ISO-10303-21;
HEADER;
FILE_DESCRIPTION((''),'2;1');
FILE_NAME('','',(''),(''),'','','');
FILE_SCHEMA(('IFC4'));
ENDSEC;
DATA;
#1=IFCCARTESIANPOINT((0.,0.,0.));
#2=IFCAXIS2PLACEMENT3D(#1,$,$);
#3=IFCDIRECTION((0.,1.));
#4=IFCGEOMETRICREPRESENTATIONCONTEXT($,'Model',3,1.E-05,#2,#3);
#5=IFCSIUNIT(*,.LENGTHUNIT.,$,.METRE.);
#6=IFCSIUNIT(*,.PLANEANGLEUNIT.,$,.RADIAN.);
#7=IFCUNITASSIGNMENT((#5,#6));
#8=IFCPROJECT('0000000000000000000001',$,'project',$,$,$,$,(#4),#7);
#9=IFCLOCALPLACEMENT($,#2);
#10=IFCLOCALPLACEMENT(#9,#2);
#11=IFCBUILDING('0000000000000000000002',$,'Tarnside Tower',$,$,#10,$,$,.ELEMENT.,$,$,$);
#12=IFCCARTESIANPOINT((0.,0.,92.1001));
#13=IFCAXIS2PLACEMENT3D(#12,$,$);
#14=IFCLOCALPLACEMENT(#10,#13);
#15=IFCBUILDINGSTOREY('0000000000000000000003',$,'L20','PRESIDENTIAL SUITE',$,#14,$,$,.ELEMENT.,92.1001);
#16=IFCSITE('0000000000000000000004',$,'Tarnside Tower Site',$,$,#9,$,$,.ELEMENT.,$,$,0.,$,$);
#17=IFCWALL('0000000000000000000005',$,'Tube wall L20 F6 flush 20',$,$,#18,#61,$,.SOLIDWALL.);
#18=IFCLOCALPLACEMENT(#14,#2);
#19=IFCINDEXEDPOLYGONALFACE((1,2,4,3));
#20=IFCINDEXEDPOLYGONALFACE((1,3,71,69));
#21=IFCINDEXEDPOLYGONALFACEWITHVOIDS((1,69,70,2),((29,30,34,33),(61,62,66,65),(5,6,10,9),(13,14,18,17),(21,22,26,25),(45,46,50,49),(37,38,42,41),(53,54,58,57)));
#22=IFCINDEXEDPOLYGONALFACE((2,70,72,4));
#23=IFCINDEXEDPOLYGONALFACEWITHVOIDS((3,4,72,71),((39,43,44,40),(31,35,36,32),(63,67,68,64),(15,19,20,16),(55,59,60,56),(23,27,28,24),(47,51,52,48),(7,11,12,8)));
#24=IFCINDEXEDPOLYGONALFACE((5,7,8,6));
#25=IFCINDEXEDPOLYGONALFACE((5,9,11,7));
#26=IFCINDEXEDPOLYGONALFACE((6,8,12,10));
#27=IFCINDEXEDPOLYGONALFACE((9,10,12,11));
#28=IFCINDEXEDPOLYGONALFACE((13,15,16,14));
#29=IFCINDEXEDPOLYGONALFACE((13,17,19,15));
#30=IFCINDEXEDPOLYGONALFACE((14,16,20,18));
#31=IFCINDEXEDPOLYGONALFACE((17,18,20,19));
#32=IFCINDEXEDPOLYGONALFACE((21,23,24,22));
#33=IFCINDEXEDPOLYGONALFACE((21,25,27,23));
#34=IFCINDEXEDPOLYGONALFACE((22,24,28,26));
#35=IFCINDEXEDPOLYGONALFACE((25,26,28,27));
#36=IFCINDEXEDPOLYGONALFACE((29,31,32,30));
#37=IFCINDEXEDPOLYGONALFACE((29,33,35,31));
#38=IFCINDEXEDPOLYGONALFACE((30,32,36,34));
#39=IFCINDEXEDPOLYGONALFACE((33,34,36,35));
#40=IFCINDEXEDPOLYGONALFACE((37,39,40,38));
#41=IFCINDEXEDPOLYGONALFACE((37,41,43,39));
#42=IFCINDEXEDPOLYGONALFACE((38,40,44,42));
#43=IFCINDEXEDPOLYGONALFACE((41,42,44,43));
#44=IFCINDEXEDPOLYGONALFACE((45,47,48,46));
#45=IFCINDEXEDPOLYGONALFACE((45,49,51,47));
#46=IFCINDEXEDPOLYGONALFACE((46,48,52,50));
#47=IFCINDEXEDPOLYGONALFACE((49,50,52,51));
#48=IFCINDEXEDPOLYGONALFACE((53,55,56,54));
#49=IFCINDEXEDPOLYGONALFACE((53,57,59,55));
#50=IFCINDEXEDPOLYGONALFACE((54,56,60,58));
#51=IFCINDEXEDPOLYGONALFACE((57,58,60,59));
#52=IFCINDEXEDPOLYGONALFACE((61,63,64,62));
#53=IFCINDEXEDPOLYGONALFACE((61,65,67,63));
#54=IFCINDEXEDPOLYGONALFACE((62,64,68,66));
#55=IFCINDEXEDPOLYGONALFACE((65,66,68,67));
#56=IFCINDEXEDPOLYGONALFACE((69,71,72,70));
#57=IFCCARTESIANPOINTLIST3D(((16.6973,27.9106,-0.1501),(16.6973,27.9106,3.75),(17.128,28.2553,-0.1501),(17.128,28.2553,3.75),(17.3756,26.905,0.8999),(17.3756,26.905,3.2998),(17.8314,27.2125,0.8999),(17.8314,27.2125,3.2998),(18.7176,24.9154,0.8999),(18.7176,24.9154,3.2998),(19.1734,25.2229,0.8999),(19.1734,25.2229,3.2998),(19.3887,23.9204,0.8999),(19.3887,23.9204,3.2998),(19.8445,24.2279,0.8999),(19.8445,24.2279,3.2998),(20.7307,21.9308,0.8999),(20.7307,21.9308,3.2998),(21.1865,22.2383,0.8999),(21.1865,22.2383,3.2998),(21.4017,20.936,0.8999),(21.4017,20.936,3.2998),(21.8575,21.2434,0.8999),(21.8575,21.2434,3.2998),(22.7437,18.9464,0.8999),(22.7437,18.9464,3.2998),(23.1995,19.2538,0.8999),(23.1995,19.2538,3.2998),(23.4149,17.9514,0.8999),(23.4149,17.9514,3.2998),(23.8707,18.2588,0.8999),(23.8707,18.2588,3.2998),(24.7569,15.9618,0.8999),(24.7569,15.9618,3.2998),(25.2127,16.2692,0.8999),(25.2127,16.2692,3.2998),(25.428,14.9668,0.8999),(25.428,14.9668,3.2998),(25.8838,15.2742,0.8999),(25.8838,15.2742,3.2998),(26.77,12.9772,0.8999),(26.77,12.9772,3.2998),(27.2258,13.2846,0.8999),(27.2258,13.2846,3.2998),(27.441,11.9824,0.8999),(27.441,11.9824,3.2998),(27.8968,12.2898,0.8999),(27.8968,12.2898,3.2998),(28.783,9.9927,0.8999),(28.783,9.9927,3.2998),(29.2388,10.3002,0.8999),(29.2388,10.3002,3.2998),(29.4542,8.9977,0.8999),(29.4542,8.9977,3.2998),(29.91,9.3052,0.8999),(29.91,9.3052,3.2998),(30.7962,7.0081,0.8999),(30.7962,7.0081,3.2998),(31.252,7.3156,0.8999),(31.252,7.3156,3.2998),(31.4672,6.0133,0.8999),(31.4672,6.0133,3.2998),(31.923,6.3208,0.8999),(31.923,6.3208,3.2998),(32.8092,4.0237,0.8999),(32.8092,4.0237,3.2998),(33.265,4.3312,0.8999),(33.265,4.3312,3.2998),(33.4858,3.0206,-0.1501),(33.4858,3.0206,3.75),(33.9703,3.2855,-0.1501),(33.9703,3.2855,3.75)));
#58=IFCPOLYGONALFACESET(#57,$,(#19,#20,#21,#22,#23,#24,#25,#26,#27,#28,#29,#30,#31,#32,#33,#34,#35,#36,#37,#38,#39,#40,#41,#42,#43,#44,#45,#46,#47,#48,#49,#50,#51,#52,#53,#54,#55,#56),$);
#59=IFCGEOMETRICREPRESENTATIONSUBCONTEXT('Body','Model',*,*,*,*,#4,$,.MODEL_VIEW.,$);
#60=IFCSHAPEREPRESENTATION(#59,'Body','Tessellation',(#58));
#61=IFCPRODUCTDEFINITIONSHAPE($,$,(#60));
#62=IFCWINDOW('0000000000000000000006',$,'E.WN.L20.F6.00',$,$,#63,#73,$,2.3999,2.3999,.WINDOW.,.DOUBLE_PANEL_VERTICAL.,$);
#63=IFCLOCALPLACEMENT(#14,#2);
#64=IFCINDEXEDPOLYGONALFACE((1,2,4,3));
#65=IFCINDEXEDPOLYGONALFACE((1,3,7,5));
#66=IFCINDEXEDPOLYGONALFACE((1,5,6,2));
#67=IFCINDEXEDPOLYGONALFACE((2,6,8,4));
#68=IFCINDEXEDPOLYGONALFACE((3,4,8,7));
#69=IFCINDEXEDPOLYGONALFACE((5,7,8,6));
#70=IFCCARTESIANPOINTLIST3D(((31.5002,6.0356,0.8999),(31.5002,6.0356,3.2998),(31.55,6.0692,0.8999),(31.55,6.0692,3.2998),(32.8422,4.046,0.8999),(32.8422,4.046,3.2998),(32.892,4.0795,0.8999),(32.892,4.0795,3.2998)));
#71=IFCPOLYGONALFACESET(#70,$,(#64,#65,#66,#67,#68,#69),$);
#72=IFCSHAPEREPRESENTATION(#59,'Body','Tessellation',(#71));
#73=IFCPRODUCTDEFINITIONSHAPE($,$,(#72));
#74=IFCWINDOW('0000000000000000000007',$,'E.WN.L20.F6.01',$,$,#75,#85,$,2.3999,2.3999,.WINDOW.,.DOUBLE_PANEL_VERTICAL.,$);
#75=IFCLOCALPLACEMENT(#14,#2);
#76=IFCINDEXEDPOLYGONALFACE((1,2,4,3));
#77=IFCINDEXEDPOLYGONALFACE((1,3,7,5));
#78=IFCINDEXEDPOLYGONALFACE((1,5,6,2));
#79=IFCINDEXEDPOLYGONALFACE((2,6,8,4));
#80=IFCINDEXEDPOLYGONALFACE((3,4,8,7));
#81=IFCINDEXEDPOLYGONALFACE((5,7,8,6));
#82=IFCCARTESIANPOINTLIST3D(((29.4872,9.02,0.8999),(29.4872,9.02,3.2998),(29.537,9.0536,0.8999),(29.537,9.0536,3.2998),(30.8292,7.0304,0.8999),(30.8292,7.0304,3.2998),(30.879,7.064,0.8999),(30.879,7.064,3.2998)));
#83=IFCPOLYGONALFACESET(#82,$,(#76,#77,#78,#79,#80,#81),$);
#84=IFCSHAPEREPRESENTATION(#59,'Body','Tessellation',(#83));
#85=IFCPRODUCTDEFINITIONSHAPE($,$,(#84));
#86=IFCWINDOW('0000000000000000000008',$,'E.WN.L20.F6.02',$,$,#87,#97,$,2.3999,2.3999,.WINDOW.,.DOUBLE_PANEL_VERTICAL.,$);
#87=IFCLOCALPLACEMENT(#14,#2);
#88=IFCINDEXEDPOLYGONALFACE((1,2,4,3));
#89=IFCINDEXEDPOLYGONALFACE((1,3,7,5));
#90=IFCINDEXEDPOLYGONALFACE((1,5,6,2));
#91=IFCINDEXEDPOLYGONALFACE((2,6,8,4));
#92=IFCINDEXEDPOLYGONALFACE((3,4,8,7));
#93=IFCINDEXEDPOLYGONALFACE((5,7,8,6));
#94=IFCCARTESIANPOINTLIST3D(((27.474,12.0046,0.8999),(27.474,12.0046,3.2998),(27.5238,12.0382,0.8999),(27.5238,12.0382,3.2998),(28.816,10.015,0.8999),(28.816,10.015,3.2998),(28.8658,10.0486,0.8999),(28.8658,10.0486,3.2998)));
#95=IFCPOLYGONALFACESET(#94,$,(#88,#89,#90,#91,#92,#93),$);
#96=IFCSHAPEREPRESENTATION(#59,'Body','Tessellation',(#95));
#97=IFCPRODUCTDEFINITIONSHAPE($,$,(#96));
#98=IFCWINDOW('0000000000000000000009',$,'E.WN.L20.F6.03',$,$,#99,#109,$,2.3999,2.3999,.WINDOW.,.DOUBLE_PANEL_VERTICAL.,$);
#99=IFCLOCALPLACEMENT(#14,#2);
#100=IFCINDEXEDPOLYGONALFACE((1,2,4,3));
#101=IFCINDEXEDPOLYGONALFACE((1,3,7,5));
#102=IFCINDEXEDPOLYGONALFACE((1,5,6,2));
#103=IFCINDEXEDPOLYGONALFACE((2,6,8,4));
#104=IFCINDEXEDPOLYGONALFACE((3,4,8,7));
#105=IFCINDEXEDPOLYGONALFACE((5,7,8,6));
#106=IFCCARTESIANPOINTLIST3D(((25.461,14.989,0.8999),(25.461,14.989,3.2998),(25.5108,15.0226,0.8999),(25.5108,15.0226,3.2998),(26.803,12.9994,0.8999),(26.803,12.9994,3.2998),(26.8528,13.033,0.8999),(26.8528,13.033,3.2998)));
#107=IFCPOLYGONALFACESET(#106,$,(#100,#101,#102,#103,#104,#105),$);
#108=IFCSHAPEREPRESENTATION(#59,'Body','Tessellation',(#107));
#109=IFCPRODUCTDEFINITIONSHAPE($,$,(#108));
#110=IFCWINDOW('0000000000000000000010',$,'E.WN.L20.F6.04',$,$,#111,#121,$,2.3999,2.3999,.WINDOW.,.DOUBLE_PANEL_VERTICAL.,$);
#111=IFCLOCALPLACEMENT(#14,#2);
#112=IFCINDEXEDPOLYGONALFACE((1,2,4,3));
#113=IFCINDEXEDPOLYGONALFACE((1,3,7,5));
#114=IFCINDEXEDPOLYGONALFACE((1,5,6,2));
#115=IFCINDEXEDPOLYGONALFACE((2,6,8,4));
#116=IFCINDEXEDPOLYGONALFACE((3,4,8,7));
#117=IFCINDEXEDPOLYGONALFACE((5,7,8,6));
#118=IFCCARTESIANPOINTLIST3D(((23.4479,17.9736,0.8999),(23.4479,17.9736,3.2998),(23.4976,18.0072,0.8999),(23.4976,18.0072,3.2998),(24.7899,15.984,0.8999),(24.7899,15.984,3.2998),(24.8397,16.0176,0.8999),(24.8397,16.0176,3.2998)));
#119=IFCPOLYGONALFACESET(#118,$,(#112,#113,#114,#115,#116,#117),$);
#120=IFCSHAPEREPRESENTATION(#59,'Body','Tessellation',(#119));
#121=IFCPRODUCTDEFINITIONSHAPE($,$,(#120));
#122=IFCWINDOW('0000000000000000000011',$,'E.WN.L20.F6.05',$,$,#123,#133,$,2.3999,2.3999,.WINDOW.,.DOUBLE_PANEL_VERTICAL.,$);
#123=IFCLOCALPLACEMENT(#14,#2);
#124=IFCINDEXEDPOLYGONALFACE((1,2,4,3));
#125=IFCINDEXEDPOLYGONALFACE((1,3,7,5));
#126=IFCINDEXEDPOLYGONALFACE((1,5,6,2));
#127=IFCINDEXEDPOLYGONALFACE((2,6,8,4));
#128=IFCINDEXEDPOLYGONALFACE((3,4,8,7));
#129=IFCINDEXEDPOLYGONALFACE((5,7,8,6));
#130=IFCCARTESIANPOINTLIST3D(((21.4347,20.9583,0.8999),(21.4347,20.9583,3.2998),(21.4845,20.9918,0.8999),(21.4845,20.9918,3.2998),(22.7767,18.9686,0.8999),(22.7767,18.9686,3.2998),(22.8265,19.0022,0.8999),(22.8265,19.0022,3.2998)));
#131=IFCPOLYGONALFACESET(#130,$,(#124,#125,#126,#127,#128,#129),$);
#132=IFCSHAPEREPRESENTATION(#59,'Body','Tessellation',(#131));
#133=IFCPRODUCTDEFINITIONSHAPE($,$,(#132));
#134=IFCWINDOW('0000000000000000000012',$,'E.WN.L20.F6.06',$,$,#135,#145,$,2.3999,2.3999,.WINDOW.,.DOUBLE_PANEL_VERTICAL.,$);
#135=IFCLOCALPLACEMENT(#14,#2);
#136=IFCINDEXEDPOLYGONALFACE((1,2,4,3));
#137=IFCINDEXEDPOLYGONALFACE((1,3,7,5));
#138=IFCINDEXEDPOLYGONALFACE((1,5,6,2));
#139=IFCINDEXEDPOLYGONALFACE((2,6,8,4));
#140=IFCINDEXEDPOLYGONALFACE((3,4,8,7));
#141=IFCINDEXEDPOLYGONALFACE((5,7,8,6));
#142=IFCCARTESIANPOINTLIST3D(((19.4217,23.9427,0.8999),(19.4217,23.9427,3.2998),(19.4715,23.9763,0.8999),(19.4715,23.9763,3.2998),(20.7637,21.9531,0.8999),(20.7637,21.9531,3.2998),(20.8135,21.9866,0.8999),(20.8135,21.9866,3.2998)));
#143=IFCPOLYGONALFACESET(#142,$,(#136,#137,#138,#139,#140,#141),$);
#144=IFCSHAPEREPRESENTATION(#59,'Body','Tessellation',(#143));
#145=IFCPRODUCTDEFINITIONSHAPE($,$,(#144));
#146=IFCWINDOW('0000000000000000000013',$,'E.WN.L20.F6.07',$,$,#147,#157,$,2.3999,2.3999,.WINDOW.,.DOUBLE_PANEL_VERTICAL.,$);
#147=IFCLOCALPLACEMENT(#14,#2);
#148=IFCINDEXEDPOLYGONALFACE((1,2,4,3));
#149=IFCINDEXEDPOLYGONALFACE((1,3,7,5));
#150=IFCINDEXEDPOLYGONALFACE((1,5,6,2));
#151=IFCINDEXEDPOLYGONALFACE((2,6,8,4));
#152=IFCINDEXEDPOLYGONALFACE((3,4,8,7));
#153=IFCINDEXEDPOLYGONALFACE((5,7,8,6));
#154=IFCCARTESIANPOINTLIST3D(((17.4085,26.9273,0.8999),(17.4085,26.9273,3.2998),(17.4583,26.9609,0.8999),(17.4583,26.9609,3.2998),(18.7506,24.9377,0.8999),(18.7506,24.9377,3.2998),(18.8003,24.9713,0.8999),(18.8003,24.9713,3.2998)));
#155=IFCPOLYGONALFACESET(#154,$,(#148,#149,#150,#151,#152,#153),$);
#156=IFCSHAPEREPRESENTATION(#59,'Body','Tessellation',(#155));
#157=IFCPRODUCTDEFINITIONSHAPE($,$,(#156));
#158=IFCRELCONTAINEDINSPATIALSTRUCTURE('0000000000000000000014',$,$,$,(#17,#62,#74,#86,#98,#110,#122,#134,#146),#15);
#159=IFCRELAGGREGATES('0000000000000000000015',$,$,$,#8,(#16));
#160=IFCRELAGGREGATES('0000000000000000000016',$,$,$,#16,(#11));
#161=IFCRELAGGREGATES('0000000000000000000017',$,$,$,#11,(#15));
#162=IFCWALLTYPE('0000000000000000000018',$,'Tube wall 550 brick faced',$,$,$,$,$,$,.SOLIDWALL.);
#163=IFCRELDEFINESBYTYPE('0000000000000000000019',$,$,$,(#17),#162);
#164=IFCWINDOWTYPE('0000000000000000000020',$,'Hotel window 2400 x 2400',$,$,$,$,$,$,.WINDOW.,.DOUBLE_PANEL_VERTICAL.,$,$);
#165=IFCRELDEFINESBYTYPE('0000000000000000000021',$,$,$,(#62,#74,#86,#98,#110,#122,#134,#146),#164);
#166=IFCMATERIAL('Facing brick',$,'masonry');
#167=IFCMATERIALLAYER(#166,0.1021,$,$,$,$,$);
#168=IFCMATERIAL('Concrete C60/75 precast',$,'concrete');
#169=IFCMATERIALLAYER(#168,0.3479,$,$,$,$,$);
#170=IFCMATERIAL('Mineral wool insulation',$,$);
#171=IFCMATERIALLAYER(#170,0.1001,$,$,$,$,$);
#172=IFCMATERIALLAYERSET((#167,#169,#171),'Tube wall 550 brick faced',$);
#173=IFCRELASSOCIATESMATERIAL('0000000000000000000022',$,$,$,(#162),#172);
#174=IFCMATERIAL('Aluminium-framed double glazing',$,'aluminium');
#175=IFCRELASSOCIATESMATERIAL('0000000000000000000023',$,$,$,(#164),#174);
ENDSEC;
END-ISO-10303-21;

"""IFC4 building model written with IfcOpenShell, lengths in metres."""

from ifc_helpers import new_model, si_unit, direction, frame, frame_2d, origin, place, context, subcontext, project, spatial, polyline, rectangle, outline, extrude, material, layer, layer_set, type_object, element, fill, save


model = new_model("IFC4")

# Units and contexts
model_context = context("Model", 3, precision=1e-05, world=origin(), true_north=direction((0.0, 1.0)))
body_context = subcontext(model_context, "Body", "Model", "MODEL_VIEW")
ifc_project = project(units=[si_unit("LENGTHUNIT", "METRE"), si_unit("PLANEANGLEUNIT", "RADIAN")], contexts=[model_context])

# Site, building, storey
site_placement = place(None, origin())
site = spatial("IfcSite", under=ifc_project, at=site_placement, Name="Tarnside Tower Site", CompositionType="ELEMENT", RefElevation=0.0)
building_placement = place(site_placement, origin())
building = spatial("IfcBuilding", under=site, at=building_placement, Name="Tarnside Tower", CompositionType="ELEMENT")
storey_placement = place(building_placement, frame((0.0, 0.0, 92.1001)))
storey = spatial("IfcBuildingStorey", under=building, at=storey_placement, Name="L20", Description="PRESIDENTIAL SUITE", CompositionType="ELEMENT", Elevation=92.1001)

# Shared definitions
ifc_material_1 = material(Name="Facing brick", Category="masonry")
ifc_layer_1 = layer(ifc_material_1, 0.1021)
ifc_material_2 = material(Name="Concrete C60/75 precast", Category="concrete")
ifc_layer_2 = layer(ifc_material_2, 0.3479)
ifc_material_3 = material(Name="Mineral wool insulation")
ifc_layer_3 = layer(ifc_material_3, 0.1001)
ifc_layer_set_1 = layer_set([ifc_layer_1, ifc_layer_2, ifc_layer_3], Name="Tube wall 550 brick faced")
wall_type = type_object("IfcWallType", Name="Tube wall 550 brick faced", PredefinedType="SOLIDWALL", material=ifc_layer_set_1)

# Wall, openings, windows
wall_1_placement = place(storey_placement, frame((33.728, 3.1531, -0.1501), z_axis=(0.0, 0.0, 1.0), x_axis=(-0.559192, 0.829038, 0.0)))
wall_1 = element("IfcWall", 1, at=wall_1_placement, inside=storey, type_object=wall_type, Name="Tube wall L20 F6 flush 20", PredefinedType="SOLIDWALL", context=body_context, shape_type="SweptSolid", body=[
    extrude(outline(polyline([(-0.0256, -0.2749), (30.0933, -0.2749), (30.0483, 0.2749), (0.0256, 0.2749), (-0.0256, -0.2749)])), origin(), (0.0, 0.0, 1.0), 3.9001),
])
opening_1_placement = place(wall_1_placement, frame((1.2356, 0.0, 1.05)))
opening_1 = element("IfcOpeningElement", 2, at=opening_1_placement, cuts=wall_1, PredefinedType="OPENING", context=body_context, shape_type="SweptSolid", body=[
    extrude(rectangle(XDim=2.3999, YDim=2.3999, at=frame_2d((1.2, 1.2))), frame((0.0, 0.2852, 0.0), z_axis=(0.0, -1.0, 0.0), x_axis=(1.0, 0.0, 0.0)), (0.0, 0.0, 1.0), 0.5701),
])
opening_2_placement = place(wall_1_placement, frame((4.8354, 0.0, 1.05)))
opening_2 = element("IfcOpeningElement", 3, at=opening_2_placement, cuts=wall_1, PredefinedType="OPENING", context=body_context, shape_type="SweptSolid", body=[
    extrude(rectangle(XDim=2.3999, YDim=2.3999, at=frame_2d((1.2, 1.2))), frame((0.0, 0.2852, 0.0), z_axis=(0.0, -1.0, 0.0), x_axis=(1.0, 0.0, 0.0)), (0.0, 0.0, 1.0), 0.5701),
])
opening_3_placement = place(wall_1_placement, frame((8.4355, 0.0, 1.05)))
opening_3 = element("IfcOpeningElement", 4, at=opening_3_placement, cuts=wall_1, PredefinedType="OPENING", context=body_context, shape_type="SweptSolid", body=[
    extrude(rectangle(XDim=2.3999, YDim=2.3999, at=frame_2d((1.2, 1.2))), frame((0.0, 0.2852, 0.0), z_axis=(0.0, -1.0, 0.0), x_axis=(1.0, 0.0, 0.0)), (0.0, 0.0, 1.0), 0.5701),
])
opening_4_placement = place(wall_1_placement, frame((12.0354, 0.0, 1.05)))
opening_4 = element("IfcOpeningElement", 5, at=opening_4_placement, cuts=wall_1, PredefinedType="OPENING", context=body_context, shape_type="SweptSolid", body=[
    extrude(rectangle(XDim=2.3999, YDim=2.3999, at=frame_2d((1.2, 1.2))), frame((0.0, 0.2852, 0.0), z_axis=(0.0, -1.0, 0.0), x_axis=(1.0, 0.0, 0.0)), (0.0, 0.0, 1.0), 0.5701),
])
opening_5_placement = place(wall_1_placement, frame((15.6355, 0.0, 1.05)))
opening_5 = element("IfcOpeningElement", 6, at=opening_5_placement, cuts=wall_1, PredefinedType="OPENING", context=body_context, shape_type="SweptSolid", body=[
    extrude(rectangle(XDim=2.3999, YDim=2.3999, at=frame_2d((1.2, 1.2))), frame((0.0, 0.2852, 0.0), z_axis=(0.0, -1.0, 0.0), x_axis=(1.0, 0.0, 0.0)), (0.0, 0.0, 1.0), 0.5701),
])
opening_6_placement = place(wall_1_placement, frame((19.2356, 0.0, 1.05)))
opening_6 = element("IfcOpeningElement", 7, at=opening_6_placement, cuts=wall_1, PredefinedType="OPENING", context=body_context, shape_type="SweptSolid", body=[
    extrude(rectangle(XDim=2.3999, YDim=2.3999, at=frame_2d((1.2, 1.2))), frame((0.0, 0.2852, 0.0), z_axis=(0.0, -1.0, 0.0), x_axis=(1.0, 0.0, 0.0)), (0.0, 0.0, 1.0), 0.5701),
])
opening_7_placement = place(wall_1_placement, frame((22.8354, 0.0, 1.05)))
opening_7 = element("IfcOpeningElement", 8, at=opening_7_placement, cuts=wall_1, PredefinedType="OPENING", context=body_context, shape_type="SweptSolid", body=[
    extrude(rectangle(XDim=2.3999, YDim=2.3999, at=frame_2d((1.2, 1.2))), frame((0.0, 0.2852, 0.0), z_axis=(0.0, -1.0, 0.0), x_axis=(1.0, 0.0, 0.0)), (0.0, 0.0, 1.0), 0.5701),
])
opening_8_placement = place(wall_1_placement, frame((26.4355, 0.0, 1.05)))
opening_8 = element("IfcOpeningElement", 9, at=opening_8_placement, cuts=wall_1, PredefinedType="OPENING", context=body_context, shape_type="SweptSolid", body=[
    extrude(rectangle(XDim=2.3999, YDim=2.3999, at=frame_2d((1.2, 1.2))), frame((0.0, 0.2852, 0.0), z_axis=(0.0, -1.0, 0.0), x_axis=(1.0, 0.0, 0.0)), (0.0, 0.0, 1.0), 0.5701),
])
ifc_material_4 = material(Name="Aluminium-framed double glazing", Category="aluminium")
window_type = type_object("IfcWindowType", Name="Hotel window 2400 x 2400", PartitioningType="DOUBLE_PANEL_VERTICAL", PredefinedType="WINDOW", material=ifc_material_4)
window_1_placement = place(opening_1_placement, frame((0.0, 0.2051, 0.0)))
window_1 = element("IfcWindow", 10, at=window_1_placement, inside=storey, type_object=window_type, Name="E.WN.L20.F6.00", OverallHeight=2.3999, OverallWidth=2.3999, PartitioningType="DOUBLE_PANEL_VERTICAL", PredefinedType="WINDOW", context=body_context, shape_type="SweptSolid", body=[
    extrude(rectangle(XDim=2.3999, YDim=2.3999, at=frame_2d((1.2, 1.2))), frame((0.0, 0.03, 0.0), z_axis=(0.0, -1.0, 0.0), x_axis=(1.0, 0.0, 0.0)), (0.0, 0.0, 1.0), 0.0601),
])
fill(opening_1, window_1)
window_2_placement = place(opening_2_placement, frame((0.0, 0.2051, 0.0)))
window_2 = element("IfcWindow", 11, at=window_2_placement, inside=storey, type_object=window_type, Name="E.WN.L20.F6.01", OverallHeight=2.3999, OverallWidth=2.3999, PartitioningType="DOUBLE_PANEL_VERTICAL", PredefinedType="WINDOW", context=body_context, shape_type="SweptSolid", body=[
    extrude(rectangle(XDim=2.3999, YDim=2.3999, at=frame_2d((1.2, 1.2))), frame((0.0, 0.03, 0.0), z_axis=(0.0, -1.0, 0.0), x_axis=(1.0, 0.0, 0.0)), (0.0, 0.0, 1.0), 0.0601),
])
fill(opening_2, window_2)
window_3_placement = place(opening_3_placement, frame((0.0, 0.2051, 0.0)))
window_3 = element("IfcWindow", 12, at=window_3_placement, inside=storey, type_object=window_type, Name="E.WN.L20.F6.02", OverallHeight=2.3999, OverallWidth=2.3999, PartitioningType="DOUBLE_PANEL_VERTICAL", PredefinedType="WINDOW", context=body_context, shape_type="SweptSolid", body=[
    extrude(rectangle(XDim=2.3999, YDim=2.3999, at=frame_2d((1.2, 1.2))), frame((0.0, 0.03, 0.0), z_axis=(0.0, -1.0, 0.0), x_axis=(1.0, 0.0, 0.0)), (0.0, 0.0, 1.0), 0.0601),
])
fill(opening_3, window_3)
window_4_placement = place(opening_4_placement, frame((0.0, 0.2051, 0.0)))
window_4 = element("IfcWindow", 13, at=window_4_placement, inside=storey, type_object=window_type, Name="E.WN.L20.F6.03", OverallHeight=2.3999, OverallWidth=2.3999, PartitioningType="DOUBLE_PANEL_VERTICAL", PredefinedType="WINDOW", context=body_context, shape_type="SweptSolid", body=[
    extrude(rectangle(XDim=2.3999, YDim=2.3999, at=frame_2d((1.2, 1.2))), frame((0.0, 0.03, 0.0), z_axis=(0.0, -1.0, 0.0), x_axis=(1.0, 0.0, 0.0)), (0.0, 0.0, 1.0), 0.0601),
])
fill(opening_4, window_4)
window_5_placement = place(opening_5_placement, frame((0.0, 0.2051, 0.0)))
window_5 = element("IfcWindow", 14, at=window_5_placement, inside=storey, type_object=window_type, Name="E.WN.L20.F6.04", OverallHeight=2.3999, OverallWidth=2.3999, PartitioningType="DOUBLE_PANEL_VERTICAL", PredefinedType="WINDOW", context=body_context, shape_type="SweptSolid", body=[
    extrude(rectangle(XDim=2.3999, YDim=2.3999, at=frame_2d((1.2, 1.2))), frame((0.0, 0.03, 0.0), z_axis=(0.0, -1.0, 0.0), x_axis=(1.0, 0.0, 0.0)), (0.0, 0.0, 1.0), 0.0601),
])
fill(opening_5, window_5)
window_6_placement = place(opening_6_placement, frame((0.0, 0.2051, 0.0)))
window_6 = element("IfcWindow", 15, at=window_6_placement, inside=storey, type_object=window_type, Name="E.WN.L20.F6.05", OverallHeight=2.3999, OverallWidth=2.3999, PartitioningType="DOUBLE_PANEL_VERTICAL", PredefinedType="WINDOW", context=body_context, shape_type="SweptSolid", body=[
    extrude(rectangle(XDim=2.3999, YDim=2.3999, at=frame_2d((1.2, 1.2))), frame((0.0, 0.03, 0.0), z_axis=(0.0, -1.0, 0.0), x_axis=(1.0, 0.0, 0.0)), (0.0, 0.0, 1.0), 0.0601),
])
fill(opening_6, window_6)
window_7_placement = place(opening_7_placement, frame((0.0, 0.2051, 0.0)))
window_7 = element("IfcWindow", 16, at=window_7_placement, inside=storey, type_object=window_type, Name="E.WN.L20.F6.06", OverallHeight=2.3999, OverallWidth=2.3999, PartitioningType="DOUBLE_PANEL_VERTICAL", PredefinedType="WINDOW", context=body_context, shape_type="SweptSolid", body=[
    extrude(rectangle(XDim=2.3999, YDim=2.3999, at=frame_2d((1.2, 1.2))), frame((0.0, 0.03, 0.0), z_axis=(0.0, -1.0, 0.0), x_axis=(1.0, 0.0, 0.0)), (0.0, 0.0, 1.0), 0.0601),
])
fill(opening_7, window_7)
window_8_placement = place(opening_8_placement, frame((0.0, 0.2051, 0.0)))
window_8 = element("IfcWindow", 17, at=window_8_placement, inside=storey, type_object=window_type, Name="E.WN.L20.F6.07", OverallHeight=2.3999, OverallWidth=2.3999, PartitioningType="DOUBLE_PANEL_VERTICAL", PredefinedType="WINDOW", context=body_context, shape_type="SweptSolid", body=[
    extrude(rectangle(XDim=2.3999, YDim=2.3999, at=frame_2d((1.2, 1.2))), frame((0.0, 0.03, 0.0), z_axis=(0.0, -1.0, 0.0), x_axis=(1.0, 0.0, 0.0)), (0.0, 0.0, 1.0), 0.0601),
])
fill(opening_8, window_8)

save(model, "model.ifc")
